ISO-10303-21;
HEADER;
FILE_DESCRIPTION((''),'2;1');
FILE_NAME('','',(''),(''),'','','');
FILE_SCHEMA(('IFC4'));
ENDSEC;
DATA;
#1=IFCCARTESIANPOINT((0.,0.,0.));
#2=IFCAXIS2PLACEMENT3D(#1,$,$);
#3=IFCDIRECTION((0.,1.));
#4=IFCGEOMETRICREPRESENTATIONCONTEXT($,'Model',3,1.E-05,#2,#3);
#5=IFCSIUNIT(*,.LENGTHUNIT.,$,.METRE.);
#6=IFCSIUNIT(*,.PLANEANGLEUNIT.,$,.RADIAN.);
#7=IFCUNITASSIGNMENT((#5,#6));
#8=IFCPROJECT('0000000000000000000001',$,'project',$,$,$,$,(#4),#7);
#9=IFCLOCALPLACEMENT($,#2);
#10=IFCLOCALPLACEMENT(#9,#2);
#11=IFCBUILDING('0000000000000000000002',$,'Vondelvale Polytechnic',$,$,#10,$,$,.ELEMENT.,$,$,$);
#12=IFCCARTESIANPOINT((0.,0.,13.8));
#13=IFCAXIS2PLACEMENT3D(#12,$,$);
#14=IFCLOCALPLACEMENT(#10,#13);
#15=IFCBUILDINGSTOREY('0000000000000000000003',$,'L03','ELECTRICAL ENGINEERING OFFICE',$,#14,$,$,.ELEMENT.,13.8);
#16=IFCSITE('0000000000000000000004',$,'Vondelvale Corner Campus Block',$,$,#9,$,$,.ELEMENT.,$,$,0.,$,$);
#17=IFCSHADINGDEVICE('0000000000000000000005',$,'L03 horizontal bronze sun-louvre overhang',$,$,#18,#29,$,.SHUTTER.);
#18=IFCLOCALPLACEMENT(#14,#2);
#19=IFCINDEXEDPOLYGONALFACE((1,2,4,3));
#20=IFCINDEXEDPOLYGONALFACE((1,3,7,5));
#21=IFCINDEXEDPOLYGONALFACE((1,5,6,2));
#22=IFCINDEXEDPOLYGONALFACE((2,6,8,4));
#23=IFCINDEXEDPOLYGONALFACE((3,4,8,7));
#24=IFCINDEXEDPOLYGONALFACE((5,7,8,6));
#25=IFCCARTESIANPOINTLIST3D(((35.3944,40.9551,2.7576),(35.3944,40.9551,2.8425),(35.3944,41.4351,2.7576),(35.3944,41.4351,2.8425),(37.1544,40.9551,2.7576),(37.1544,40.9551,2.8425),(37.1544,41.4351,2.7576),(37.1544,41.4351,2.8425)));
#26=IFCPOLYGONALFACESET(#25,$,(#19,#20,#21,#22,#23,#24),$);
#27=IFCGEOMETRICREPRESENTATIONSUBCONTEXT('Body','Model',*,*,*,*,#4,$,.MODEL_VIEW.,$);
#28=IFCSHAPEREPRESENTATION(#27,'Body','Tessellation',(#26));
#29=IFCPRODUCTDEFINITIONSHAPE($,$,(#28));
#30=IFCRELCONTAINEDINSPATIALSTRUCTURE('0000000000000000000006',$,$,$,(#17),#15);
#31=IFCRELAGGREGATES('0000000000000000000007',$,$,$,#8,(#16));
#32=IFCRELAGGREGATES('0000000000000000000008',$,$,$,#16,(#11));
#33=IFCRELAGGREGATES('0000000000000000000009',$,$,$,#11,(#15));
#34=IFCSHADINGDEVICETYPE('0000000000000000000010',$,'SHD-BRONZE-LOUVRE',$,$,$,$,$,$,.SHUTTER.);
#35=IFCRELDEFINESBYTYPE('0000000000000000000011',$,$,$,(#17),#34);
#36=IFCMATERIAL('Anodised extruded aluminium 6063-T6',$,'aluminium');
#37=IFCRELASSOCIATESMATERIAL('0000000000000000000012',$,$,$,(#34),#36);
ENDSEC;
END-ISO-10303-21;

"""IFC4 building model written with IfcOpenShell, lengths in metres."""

from ifc_helpers import new_model, si_unit, direction, frame, origin, origin_2d, place, context, subcontext, project, spatial, rectangle, extrude, material, type_object, element, save


model = new_model("IFC4")

# Units and contexts
model_context = context("Model", 3, precision=1e-05, world=origin(), true_north=direction((0.0, 1.0)))
body_context = subcontext(model_context, "Body", "Model", "MODEL_VIEW")
ifc_project = project(units=[si_unit("LENGTHUNIT", "METRE"), si_unit("PLANEANGLEUNIT", "RADIAN")], contexts=[model_context])

# Site, building, storey
site_placement = place(None, origin())
site = spatial("IfcSite", under=ifc_project, at=site_placement, Name="Vondelvale Corner Campus Block", CompositionType="ELEMENT", RefElevation=0.0)
building_placement = place(site_placement, origin())
building = spatial("IfcBuilding", under=site, at=building_placement, Name="Vondelvale Polytechnic", CompositionType="ELEMENT")
storey_placement = place(building_placement, frame((0.0, 0.0, 13.8)))
storey = spatial("IfcBuildingStorey", under=building, at=storey_placement, Name="L03", Description="ELECTRICAL ENGINEERING OFFICE", CompositionType="ELEMENT", Elevation=13.8)

# Shading device
ifc_material_1 = material(Name="Anodised extruded aluminium 6063-T6", Category="aluminium")
shading_device_type = type_object("IfcShadingDeviceType", Name="SHD-BRONZE-LOUVRE", PredefinedType="SHUTTER", material=ifc_material_1)
shading_device_1_placement = place(storey_placement, frame((36.2744, 41.1951, 2.7576), z_axis=(0.0, 0.0, 1.0), x_axis=(1.0, 0.0, 0.0)))
element("IfcShadingDevice", 1, at=shading_device_1_placement, inside=storey, type_object=shading_device_type, Name="L03 horizontal bronze sun-louvre overhang", PredefinedType="SHUTTER", context=body_context, shape_type="SweptSolid", body=[
    extrude(rectangle(XDim=1.76, YDim=0.48, at=origin_2d()), origin(), (0.0, 0.0, 1.0), 0.085),
])

save(model, "model.ifc")
